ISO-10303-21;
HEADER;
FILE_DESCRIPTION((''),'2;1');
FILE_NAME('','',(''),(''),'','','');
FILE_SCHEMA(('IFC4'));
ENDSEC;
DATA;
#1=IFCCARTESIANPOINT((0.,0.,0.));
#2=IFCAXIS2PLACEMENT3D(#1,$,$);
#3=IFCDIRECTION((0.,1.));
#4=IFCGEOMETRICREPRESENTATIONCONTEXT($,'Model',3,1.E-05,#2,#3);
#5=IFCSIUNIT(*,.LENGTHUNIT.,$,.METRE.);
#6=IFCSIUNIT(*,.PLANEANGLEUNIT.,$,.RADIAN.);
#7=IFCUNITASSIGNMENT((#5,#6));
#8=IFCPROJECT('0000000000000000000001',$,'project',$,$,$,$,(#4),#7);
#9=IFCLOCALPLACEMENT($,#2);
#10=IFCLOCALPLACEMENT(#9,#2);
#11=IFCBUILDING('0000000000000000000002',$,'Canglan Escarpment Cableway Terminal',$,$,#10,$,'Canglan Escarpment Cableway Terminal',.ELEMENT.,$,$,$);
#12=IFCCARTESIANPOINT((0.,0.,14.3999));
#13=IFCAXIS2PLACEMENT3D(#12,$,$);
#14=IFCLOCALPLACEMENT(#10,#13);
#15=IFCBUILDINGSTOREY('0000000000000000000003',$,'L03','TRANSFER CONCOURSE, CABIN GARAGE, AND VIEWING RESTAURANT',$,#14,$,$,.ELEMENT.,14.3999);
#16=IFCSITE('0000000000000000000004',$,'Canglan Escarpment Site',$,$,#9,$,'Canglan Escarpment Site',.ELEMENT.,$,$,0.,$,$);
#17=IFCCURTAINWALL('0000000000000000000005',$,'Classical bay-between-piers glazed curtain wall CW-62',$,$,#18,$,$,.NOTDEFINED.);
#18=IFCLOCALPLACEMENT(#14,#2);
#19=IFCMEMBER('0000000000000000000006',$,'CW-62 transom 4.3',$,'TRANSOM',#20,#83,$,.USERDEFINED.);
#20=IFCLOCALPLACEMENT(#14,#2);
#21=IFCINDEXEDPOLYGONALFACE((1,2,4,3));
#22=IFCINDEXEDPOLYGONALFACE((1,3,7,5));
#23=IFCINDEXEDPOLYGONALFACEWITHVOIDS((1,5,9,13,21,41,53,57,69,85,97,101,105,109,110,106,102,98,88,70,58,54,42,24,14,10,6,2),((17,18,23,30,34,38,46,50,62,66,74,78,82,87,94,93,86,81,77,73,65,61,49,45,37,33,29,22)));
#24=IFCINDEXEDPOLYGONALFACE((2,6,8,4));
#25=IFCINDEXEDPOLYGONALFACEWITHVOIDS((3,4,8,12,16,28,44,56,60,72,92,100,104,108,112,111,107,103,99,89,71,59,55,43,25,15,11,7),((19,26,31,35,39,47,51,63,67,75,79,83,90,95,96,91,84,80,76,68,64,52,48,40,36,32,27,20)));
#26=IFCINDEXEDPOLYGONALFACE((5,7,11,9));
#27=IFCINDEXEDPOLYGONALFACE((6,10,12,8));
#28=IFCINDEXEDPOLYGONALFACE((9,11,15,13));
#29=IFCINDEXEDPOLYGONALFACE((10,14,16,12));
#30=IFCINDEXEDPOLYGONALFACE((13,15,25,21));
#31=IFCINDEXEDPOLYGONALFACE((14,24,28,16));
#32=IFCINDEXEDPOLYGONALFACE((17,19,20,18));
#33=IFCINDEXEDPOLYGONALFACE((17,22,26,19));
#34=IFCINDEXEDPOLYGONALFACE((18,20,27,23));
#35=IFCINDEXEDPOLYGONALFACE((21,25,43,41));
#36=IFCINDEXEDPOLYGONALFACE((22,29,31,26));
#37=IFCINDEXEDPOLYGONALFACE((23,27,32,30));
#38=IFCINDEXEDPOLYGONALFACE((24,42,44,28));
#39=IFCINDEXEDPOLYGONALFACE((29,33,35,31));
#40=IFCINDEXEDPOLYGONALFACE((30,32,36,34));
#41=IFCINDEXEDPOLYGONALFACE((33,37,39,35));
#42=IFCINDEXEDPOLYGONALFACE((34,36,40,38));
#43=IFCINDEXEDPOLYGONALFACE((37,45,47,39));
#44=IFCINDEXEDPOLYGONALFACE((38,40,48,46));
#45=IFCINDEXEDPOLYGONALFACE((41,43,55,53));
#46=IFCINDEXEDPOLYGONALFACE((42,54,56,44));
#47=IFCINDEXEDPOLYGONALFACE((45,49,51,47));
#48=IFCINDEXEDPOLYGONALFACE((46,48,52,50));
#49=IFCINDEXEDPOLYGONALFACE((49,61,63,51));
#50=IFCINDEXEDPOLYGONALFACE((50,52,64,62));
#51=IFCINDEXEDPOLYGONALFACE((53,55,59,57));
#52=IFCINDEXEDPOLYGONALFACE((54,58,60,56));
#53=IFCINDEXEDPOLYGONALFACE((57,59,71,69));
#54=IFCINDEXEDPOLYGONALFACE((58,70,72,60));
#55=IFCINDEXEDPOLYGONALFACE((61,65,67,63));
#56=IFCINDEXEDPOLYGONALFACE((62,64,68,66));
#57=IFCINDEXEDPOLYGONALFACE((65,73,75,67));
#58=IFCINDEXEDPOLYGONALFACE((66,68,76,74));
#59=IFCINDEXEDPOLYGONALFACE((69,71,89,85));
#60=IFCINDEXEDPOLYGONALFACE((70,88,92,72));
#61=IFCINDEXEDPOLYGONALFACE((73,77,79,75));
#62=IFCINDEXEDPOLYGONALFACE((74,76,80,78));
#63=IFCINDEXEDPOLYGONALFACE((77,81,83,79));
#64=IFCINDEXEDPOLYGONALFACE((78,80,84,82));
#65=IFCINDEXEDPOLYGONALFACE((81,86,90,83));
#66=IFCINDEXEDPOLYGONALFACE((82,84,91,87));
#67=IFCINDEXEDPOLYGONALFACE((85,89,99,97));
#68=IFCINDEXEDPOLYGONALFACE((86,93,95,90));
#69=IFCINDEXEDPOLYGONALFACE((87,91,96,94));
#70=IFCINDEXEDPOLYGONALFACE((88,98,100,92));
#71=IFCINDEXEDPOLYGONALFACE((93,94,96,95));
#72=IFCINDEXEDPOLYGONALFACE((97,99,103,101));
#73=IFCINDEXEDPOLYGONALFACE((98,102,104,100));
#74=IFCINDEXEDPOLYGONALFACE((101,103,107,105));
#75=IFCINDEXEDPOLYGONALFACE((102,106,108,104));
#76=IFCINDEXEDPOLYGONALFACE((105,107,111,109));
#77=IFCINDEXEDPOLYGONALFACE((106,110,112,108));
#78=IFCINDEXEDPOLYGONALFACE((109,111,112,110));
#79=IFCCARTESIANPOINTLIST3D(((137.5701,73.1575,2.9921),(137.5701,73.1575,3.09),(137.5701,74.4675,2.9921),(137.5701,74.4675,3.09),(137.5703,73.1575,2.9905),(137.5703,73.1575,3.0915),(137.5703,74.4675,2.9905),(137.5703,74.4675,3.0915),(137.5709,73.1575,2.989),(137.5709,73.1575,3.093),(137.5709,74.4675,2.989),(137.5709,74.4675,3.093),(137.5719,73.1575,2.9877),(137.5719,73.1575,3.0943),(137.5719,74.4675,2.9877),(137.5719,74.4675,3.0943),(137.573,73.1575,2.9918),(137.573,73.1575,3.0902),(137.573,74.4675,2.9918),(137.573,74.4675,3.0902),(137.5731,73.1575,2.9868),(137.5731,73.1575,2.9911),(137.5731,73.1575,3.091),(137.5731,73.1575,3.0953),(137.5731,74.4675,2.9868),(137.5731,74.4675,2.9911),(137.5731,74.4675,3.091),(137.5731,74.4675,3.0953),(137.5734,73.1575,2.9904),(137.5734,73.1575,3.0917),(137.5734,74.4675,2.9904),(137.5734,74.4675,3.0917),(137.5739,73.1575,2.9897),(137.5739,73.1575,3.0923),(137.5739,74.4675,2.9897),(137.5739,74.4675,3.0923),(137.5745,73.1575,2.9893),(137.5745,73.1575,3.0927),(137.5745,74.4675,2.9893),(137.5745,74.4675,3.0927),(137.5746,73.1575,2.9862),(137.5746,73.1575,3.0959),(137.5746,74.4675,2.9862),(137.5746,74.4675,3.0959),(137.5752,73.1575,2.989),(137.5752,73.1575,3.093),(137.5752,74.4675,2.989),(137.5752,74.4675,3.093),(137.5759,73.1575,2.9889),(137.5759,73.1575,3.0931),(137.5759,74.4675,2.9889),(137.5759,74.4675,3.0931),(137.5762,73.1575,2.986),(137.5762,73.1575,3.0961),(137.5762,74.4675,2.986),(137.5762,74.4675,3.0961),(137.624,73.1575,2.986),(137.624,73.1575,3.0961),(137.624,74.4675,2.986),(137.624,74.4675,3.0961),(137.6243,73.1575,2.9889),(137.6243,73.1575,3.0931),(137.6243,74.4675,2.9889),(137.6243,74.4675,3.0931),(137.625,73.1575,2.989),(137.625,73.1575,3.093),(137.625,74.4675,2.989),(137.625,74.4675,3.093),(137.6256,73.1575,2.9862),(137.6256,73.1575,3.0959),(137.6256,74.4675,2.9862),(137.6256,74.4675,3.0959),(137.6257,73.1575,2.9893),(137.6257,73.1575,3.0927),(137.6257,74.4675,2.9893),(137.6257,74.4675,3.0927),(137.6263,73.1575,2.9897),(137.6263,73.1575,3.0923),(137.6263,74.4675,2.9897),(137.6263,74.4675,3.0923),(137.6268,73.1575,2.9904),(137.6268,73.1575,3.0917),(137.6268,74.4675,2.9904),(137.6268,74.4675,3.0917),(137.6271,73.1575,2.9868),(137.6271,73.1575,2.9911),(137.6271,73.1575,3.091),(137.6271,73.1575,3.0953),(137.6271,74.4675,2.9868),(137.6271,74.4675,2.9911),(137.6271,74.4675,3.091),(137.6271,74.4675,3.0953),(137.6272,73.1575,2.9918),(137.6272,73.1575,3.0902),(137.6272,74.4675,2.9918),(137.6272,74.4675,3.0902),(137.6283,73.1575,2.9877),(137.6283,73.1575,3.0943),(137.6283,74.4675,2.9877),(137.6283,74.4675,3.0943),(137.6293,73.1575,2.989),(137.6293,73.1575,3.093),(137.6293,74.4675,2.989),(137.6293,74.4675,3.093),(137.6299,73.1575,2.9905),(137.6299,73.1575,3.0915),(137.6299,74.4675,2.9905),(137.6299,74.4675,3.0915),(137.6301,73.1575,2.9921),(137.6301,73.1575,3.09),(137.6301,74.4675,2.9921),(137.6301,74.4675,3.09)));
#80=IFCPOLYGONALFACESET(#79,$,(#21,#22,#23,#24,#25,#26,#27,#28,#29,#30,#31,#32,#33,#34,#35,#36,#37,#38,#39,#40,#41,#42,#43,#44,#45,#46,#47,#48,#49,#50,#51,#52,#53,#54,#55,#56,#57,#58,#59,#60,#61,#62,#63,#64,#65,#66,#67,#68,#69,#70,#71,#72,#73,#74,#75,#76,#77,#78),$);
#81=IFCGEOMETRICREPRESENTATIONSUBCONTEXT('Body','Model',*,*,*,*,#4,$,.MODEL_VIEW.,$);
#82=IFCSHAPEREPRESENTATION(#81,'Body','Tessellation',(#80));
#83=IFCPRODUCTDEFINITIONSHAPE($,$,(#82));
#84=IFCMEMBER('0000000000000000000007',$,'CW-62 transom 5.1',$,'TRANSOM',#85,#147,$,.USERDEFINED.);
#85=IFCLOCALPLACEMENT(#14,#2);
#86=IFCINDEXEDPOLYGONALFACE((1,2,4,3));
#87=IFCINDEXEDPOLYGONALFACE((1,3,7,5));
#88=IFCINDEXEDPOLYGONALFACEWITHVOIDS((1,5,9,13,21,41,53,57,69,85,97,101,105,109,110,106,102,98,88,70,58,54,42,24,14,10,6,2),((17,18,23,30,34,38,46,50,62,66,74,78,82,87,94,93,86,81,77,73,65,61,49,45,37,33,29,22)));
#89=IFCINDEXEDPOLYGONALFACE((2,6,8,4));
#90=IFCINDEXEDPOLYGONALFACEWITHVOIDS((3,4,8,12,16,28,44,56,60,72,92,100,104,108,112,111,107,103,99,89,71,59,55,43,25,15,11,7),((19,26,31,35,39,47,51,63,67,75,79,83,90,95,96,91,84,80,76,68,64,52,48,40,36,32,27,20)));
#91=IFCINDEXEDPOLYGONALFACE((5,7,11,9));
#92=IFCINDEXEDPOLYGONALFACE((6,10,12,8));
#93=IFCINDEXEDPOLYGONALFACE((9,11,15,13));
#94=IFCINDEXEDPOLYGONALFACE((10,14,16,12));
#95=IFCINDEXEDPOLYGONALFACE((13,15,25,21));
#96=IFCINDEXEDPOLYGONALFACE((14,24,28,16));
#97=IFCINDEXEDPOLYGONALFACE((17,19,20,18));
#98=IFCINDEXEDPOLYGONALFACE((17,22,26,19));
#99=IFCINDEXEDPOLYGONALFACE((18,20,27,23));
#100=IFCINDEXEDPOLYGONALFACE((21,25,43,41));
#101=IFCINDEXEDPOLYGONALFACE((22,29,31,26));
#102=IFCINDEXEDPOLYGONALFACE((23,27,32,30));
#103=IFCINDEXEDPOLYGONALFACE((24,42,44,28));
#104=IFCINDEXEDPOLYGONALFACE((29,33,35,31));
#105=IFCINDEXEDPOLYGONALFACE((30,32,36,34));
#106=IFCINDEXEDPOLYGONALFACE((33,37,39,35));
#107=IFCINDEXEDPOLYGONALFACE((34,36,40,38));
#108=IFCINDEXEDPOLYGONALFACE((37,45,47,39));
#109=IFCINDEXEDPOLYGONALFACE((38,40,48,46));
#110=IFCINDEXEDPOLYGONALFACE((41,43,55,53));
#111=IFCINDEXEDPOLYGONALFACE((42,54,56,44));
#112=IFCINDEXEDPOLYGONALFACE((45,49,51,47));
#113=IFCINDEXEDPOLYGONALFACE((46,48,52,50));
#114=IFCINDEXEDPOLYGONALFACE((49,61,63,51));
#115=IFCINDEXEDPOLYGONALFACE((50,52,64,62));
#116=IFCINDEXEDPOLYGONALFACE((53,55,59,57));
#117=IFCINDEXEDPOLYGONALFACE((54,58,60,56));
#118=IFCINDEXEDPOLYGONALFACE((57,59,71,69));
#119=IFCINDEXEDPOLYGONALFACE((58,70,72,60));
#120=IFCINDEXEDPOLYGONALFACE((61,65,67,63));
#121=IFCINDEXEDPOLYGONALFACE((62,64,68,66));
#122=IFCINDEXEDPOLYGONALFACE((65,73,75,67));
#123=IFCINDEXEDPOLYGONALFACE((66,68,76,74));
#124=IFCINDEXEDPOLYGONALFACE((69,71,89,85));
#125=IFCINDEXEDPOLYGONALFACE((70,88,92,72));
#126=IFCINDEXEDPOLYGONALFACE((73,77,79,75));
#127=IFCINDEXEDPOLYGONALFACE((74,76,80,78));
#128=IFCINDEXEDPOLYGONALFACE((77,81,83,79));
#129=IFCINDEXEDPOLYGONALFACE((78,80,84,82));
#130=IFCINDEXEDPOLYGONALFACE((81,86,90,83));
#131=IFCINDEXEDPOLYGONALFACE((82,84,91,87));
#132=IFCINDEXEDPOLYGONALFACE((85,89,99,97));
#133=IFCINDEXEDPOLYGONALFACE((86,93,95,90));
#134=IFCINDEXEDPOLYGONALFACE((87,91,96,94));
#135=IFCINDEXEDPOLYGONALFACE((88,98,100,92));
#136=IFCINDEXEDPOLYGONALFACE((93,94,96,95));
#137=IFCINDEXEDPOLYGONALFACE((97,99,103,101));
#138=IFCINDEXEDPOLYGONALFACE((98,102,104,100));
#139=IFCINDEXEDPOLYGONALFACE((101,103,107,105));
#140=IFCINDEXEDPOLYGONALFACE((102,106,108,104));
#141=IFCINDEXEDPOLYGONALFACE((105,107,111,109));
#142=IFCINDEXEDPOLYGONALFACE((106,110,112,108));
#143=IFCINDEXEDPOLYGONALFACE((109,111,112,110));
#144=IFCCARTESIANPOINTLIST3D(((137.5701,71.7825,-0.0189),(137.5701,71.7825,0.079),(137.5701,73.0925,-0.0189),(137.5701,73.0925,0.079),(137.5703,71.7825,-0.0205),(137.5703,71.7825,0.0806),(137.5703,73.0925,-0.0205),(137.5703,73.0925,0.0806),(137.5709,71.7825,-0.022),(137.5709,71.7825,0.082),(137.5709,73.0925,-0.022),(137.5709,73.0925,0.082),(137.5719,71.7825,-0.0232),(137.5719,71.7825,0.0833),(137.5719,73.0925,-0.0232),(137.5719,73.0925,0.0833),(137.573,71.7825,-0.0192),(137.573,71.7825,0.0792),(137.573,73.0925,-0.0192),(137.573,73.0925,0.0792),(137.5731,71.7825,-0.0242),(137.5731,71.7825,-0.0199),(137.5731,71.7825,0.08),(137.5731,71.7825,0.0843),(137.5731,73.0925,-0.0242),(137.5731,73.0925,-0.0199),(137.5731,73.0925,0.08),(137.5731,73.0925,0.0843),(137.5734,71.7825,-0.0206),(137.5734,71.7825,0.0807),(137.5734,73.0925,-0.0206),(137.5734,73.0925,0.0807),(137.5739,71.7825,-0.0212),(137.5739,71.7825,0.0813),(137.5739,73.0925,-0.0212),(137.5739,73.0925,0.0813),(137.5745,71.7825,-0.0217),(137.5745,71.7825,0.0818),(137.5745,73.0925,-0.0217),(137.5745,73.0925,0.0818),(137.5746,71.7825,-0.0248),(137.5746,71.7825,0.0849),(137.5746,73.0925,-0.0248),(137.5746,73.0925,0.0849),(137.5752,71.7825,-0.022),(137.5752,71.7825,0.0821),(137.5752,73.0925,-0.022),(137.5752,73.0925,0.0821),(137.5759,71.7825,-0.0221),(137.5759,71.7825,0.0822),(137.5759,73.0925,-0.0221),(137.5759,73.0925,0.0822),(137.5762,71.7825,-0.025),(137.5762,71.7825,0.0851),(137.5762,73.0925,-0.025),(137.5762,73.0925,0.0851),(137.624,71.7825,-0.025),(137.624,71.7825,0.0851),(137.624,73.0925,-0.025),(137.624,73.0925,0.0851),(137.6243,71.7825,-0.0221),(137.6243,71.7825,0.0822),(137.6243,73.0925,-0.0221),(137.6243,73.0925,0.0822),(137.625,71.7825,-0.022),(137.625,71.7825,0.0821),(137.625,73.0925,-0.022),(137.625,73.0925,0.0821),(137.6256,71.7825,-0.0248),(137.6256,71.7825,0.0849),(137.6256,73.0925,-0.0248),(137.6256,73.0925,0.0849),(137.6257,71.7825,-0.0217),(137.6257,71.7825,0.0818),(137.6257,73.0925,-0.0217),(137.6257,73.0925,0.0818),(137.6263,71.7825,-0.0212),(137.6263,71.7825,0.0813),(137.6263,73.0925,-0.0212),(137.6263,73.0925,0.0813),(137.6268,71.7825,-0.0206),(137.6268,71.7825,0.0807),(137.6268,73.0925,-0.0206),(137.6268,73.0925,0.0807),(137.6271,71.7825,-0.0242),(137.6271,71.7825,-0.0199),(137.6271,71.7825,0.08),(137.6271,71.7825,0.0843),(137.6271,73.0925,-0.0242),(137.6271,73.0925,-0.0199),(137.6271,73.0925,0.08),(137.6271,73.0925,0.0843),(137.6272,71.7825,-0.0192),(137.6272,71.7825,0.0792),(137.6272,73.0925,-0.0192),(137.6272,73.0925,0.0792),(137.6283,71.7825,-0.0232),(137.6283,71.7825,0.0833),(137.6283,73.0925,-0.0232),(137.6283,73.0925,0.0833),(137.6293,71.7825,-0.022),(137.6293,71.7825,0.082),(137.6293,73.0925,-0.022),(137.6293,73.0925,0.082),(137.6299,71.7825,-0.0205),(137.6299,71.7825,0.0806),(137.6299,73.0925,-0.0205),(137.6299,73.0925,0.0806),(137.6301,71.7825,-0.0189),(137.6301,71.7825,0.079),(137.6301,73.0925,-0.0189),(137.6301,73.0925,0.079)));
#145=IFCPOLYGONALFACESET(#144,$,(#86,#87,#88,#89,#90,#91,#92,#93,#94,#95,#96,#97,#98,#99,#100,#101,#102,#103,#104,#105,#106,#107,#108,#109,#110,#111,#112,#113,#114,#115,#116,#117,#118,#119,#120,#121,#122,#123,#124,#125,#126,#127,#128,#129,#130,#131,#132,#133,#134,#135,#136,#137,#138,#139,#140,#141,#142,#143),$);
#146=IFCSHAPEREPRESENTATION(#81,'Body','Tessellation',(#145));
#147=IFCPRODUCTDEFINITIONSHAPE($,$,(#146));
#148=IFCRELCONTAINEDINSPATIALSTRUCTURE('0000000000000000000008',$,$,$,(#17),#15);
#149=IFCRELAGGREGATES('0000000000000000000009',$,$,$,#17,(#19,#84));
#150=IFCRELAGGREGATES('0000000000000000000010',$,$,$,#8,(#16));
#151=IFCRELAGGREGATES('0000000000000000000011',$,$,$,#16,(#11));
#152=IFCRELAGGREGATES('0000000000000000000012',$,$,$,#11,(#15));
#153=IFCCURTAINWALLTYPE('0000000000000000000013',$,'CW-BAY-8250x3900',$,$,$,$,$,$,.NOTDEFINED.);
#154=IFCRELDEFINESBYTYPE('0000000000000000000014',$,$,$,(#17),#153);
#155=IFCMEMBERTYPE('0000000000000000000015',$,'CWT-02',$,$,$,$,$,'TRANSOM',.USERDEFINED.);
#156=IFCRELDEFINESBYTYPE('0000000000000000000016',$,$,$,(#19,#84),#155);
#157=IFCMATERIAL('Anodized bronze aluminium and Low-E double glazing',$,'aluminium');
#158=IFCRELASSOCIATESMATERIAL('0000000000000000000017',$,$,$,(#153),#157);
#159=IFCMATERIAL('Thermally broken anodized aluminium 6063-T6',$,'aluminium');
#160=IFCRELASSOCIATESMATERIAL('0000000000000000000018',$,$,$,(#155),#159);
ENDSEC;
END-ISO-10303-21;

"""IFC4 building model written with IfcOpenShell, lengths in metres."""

from ifc_helpers import new_model, si_unit, direction, frame, origin, origin_2d, place, context, subcontext, project, spatial, hollow_rectangle, extrude, material, material_profile, profile_set, type_object, element, aggregate, save


model = new_model("IFC4")

# Units and contexts
model_context = context("Model", 3, precision=1e-05, world=origin(), true_north=direction((0.0, 1.0)))
body_context = subcontext(model_context, "Body", "Model", "MODEL_VIEW")
ifc_project = project(units=[si_unit("LENGTHUNIT", "METRE"), si_unit("PLANEANGLEUNIT", "RADIAN")], contexts=[model_context])

# Site, building, storey
site_placement = place(None, origin())
site = spatial("IfcSite", under=ifc_project, at=site_placement, Name="Canglan Escarpment Site", LongName="Canglan Escarpment Site", CompositionType="ELEMENT", RefElevation=0.0)
building_placement = place(site_placement, origin())
building = spatial("IfcBuilding", under=site, at=building_placement, Name="Canglan Escarpment Cableway Terminal", LongName="Canglan Escarpment Cableway Terminal", CompositionType="ELEMENT")
storey_placement = place(building_placement, frame((0.0, 0.0, 14.3999)))
storey = spatial("IfcBuildingStorey", under=building, at=storey_placement, Name="L03", Description="TRANSFER CONCOURSE, CABIN GARAGE, AND VIEWING RESTAURANT", CompositionType="ELEMENT", Elevation=14.3999)

# Curtain wall, members
ifc_material_1 = material(Name="Anodized bronze aluminium and Low-E double glazing", Category="aluminium")
curtain_wall_type = type_object("IfcCurtainWallType", Name="CW-BAY-8250x3900", PredefinedType="NOTDEFINED", material=ifc_material_1)
curtain_wall_placement = place(storey_placement, origin())
curtain_wall = element("IfcCurtainWall", 1, at=curtain_wall_placement, inside=storey, type_object=curtain_wall_type, Name="Classical bay-between-piers glazed curtain wall CW-62", PredefinedType="NOTDEFINED")
ifc_material_2 = material(Name="Thermally broken anodized aluminium 6063-T6", Category="aluminium")
ifc_material_profile_1 = material_profile(ifc_material_2, hollow_rectangle(XDim=0.0601, YDim=0.1101, WallThickness=0.0029, InnerFilletRadius=0.0029, OuterFilletRadius=0.0061, at=origin_2d()), Name="ALU-TRAN 60x110x3")
ifc_profile_set_1 = profile_set([ifc_material_profile_1], Name="Thermally broken anodized aluminium 6063-T6")
member_type_1 = type_object("IfcMemberType", Name="CWT-02", ElementType="TRANSOM", PredefinedType="USERDEFINED", material=ifc_profile_set_1)
member_1_placement = place(storey_placement, frame((137.6001, 74.4675, 3.041), z_axis=(0.0, -1.0, 0.0), x_axis=(1.0, 0.0, 0.0)))
member_1 = element("IfcMember", 2, at=member_1_placement, type_object=member_type_1, Name="CW-62 transom 4.3", ObjectType="TRANSOM", PredefinedType="USERDEFINED", context=body_context, shape_type="SweptSolid", body=[
    extrude(hollow_rectangle(XDim=0.0601, YDim=0.1101, WallThickness=0.0029, InnerFilletRadius=0.0029, OuterFilletRadius=0.0061, at=origin_2d()), origin(), (0.0, 0.0, 1.0), 1.3101),
])
member_2_placement = place(storey_placement, frame((137.6001, 73.0925, 0.03), z_axis=(0.0, -1.0, 0.0), x_axis=(1.0, 0.0, 0.0)))
member_2 = element("IfcMember", 3, at=member_2_placement, type_object=member_type_1, Name="CW-62 transom 5.1", ObjectType="TRANSOM", PredefinedType="USERDEFINED", context=body_context, shape_type="SweptSolid", body=[
    extrude(hollow_rectangle(XDim=0.0601, YDim=0.1101, WallThickness=0.0029, InnerFilletRadius=0.0029, OuterFilletRadius=0.0061, at=origin_2d()), origin(), (0.0, 0.0, 1.0), 1.3101),
])
aggregate(curtain_wall, [member_1, member_2])

save(model, "model.ifc")
